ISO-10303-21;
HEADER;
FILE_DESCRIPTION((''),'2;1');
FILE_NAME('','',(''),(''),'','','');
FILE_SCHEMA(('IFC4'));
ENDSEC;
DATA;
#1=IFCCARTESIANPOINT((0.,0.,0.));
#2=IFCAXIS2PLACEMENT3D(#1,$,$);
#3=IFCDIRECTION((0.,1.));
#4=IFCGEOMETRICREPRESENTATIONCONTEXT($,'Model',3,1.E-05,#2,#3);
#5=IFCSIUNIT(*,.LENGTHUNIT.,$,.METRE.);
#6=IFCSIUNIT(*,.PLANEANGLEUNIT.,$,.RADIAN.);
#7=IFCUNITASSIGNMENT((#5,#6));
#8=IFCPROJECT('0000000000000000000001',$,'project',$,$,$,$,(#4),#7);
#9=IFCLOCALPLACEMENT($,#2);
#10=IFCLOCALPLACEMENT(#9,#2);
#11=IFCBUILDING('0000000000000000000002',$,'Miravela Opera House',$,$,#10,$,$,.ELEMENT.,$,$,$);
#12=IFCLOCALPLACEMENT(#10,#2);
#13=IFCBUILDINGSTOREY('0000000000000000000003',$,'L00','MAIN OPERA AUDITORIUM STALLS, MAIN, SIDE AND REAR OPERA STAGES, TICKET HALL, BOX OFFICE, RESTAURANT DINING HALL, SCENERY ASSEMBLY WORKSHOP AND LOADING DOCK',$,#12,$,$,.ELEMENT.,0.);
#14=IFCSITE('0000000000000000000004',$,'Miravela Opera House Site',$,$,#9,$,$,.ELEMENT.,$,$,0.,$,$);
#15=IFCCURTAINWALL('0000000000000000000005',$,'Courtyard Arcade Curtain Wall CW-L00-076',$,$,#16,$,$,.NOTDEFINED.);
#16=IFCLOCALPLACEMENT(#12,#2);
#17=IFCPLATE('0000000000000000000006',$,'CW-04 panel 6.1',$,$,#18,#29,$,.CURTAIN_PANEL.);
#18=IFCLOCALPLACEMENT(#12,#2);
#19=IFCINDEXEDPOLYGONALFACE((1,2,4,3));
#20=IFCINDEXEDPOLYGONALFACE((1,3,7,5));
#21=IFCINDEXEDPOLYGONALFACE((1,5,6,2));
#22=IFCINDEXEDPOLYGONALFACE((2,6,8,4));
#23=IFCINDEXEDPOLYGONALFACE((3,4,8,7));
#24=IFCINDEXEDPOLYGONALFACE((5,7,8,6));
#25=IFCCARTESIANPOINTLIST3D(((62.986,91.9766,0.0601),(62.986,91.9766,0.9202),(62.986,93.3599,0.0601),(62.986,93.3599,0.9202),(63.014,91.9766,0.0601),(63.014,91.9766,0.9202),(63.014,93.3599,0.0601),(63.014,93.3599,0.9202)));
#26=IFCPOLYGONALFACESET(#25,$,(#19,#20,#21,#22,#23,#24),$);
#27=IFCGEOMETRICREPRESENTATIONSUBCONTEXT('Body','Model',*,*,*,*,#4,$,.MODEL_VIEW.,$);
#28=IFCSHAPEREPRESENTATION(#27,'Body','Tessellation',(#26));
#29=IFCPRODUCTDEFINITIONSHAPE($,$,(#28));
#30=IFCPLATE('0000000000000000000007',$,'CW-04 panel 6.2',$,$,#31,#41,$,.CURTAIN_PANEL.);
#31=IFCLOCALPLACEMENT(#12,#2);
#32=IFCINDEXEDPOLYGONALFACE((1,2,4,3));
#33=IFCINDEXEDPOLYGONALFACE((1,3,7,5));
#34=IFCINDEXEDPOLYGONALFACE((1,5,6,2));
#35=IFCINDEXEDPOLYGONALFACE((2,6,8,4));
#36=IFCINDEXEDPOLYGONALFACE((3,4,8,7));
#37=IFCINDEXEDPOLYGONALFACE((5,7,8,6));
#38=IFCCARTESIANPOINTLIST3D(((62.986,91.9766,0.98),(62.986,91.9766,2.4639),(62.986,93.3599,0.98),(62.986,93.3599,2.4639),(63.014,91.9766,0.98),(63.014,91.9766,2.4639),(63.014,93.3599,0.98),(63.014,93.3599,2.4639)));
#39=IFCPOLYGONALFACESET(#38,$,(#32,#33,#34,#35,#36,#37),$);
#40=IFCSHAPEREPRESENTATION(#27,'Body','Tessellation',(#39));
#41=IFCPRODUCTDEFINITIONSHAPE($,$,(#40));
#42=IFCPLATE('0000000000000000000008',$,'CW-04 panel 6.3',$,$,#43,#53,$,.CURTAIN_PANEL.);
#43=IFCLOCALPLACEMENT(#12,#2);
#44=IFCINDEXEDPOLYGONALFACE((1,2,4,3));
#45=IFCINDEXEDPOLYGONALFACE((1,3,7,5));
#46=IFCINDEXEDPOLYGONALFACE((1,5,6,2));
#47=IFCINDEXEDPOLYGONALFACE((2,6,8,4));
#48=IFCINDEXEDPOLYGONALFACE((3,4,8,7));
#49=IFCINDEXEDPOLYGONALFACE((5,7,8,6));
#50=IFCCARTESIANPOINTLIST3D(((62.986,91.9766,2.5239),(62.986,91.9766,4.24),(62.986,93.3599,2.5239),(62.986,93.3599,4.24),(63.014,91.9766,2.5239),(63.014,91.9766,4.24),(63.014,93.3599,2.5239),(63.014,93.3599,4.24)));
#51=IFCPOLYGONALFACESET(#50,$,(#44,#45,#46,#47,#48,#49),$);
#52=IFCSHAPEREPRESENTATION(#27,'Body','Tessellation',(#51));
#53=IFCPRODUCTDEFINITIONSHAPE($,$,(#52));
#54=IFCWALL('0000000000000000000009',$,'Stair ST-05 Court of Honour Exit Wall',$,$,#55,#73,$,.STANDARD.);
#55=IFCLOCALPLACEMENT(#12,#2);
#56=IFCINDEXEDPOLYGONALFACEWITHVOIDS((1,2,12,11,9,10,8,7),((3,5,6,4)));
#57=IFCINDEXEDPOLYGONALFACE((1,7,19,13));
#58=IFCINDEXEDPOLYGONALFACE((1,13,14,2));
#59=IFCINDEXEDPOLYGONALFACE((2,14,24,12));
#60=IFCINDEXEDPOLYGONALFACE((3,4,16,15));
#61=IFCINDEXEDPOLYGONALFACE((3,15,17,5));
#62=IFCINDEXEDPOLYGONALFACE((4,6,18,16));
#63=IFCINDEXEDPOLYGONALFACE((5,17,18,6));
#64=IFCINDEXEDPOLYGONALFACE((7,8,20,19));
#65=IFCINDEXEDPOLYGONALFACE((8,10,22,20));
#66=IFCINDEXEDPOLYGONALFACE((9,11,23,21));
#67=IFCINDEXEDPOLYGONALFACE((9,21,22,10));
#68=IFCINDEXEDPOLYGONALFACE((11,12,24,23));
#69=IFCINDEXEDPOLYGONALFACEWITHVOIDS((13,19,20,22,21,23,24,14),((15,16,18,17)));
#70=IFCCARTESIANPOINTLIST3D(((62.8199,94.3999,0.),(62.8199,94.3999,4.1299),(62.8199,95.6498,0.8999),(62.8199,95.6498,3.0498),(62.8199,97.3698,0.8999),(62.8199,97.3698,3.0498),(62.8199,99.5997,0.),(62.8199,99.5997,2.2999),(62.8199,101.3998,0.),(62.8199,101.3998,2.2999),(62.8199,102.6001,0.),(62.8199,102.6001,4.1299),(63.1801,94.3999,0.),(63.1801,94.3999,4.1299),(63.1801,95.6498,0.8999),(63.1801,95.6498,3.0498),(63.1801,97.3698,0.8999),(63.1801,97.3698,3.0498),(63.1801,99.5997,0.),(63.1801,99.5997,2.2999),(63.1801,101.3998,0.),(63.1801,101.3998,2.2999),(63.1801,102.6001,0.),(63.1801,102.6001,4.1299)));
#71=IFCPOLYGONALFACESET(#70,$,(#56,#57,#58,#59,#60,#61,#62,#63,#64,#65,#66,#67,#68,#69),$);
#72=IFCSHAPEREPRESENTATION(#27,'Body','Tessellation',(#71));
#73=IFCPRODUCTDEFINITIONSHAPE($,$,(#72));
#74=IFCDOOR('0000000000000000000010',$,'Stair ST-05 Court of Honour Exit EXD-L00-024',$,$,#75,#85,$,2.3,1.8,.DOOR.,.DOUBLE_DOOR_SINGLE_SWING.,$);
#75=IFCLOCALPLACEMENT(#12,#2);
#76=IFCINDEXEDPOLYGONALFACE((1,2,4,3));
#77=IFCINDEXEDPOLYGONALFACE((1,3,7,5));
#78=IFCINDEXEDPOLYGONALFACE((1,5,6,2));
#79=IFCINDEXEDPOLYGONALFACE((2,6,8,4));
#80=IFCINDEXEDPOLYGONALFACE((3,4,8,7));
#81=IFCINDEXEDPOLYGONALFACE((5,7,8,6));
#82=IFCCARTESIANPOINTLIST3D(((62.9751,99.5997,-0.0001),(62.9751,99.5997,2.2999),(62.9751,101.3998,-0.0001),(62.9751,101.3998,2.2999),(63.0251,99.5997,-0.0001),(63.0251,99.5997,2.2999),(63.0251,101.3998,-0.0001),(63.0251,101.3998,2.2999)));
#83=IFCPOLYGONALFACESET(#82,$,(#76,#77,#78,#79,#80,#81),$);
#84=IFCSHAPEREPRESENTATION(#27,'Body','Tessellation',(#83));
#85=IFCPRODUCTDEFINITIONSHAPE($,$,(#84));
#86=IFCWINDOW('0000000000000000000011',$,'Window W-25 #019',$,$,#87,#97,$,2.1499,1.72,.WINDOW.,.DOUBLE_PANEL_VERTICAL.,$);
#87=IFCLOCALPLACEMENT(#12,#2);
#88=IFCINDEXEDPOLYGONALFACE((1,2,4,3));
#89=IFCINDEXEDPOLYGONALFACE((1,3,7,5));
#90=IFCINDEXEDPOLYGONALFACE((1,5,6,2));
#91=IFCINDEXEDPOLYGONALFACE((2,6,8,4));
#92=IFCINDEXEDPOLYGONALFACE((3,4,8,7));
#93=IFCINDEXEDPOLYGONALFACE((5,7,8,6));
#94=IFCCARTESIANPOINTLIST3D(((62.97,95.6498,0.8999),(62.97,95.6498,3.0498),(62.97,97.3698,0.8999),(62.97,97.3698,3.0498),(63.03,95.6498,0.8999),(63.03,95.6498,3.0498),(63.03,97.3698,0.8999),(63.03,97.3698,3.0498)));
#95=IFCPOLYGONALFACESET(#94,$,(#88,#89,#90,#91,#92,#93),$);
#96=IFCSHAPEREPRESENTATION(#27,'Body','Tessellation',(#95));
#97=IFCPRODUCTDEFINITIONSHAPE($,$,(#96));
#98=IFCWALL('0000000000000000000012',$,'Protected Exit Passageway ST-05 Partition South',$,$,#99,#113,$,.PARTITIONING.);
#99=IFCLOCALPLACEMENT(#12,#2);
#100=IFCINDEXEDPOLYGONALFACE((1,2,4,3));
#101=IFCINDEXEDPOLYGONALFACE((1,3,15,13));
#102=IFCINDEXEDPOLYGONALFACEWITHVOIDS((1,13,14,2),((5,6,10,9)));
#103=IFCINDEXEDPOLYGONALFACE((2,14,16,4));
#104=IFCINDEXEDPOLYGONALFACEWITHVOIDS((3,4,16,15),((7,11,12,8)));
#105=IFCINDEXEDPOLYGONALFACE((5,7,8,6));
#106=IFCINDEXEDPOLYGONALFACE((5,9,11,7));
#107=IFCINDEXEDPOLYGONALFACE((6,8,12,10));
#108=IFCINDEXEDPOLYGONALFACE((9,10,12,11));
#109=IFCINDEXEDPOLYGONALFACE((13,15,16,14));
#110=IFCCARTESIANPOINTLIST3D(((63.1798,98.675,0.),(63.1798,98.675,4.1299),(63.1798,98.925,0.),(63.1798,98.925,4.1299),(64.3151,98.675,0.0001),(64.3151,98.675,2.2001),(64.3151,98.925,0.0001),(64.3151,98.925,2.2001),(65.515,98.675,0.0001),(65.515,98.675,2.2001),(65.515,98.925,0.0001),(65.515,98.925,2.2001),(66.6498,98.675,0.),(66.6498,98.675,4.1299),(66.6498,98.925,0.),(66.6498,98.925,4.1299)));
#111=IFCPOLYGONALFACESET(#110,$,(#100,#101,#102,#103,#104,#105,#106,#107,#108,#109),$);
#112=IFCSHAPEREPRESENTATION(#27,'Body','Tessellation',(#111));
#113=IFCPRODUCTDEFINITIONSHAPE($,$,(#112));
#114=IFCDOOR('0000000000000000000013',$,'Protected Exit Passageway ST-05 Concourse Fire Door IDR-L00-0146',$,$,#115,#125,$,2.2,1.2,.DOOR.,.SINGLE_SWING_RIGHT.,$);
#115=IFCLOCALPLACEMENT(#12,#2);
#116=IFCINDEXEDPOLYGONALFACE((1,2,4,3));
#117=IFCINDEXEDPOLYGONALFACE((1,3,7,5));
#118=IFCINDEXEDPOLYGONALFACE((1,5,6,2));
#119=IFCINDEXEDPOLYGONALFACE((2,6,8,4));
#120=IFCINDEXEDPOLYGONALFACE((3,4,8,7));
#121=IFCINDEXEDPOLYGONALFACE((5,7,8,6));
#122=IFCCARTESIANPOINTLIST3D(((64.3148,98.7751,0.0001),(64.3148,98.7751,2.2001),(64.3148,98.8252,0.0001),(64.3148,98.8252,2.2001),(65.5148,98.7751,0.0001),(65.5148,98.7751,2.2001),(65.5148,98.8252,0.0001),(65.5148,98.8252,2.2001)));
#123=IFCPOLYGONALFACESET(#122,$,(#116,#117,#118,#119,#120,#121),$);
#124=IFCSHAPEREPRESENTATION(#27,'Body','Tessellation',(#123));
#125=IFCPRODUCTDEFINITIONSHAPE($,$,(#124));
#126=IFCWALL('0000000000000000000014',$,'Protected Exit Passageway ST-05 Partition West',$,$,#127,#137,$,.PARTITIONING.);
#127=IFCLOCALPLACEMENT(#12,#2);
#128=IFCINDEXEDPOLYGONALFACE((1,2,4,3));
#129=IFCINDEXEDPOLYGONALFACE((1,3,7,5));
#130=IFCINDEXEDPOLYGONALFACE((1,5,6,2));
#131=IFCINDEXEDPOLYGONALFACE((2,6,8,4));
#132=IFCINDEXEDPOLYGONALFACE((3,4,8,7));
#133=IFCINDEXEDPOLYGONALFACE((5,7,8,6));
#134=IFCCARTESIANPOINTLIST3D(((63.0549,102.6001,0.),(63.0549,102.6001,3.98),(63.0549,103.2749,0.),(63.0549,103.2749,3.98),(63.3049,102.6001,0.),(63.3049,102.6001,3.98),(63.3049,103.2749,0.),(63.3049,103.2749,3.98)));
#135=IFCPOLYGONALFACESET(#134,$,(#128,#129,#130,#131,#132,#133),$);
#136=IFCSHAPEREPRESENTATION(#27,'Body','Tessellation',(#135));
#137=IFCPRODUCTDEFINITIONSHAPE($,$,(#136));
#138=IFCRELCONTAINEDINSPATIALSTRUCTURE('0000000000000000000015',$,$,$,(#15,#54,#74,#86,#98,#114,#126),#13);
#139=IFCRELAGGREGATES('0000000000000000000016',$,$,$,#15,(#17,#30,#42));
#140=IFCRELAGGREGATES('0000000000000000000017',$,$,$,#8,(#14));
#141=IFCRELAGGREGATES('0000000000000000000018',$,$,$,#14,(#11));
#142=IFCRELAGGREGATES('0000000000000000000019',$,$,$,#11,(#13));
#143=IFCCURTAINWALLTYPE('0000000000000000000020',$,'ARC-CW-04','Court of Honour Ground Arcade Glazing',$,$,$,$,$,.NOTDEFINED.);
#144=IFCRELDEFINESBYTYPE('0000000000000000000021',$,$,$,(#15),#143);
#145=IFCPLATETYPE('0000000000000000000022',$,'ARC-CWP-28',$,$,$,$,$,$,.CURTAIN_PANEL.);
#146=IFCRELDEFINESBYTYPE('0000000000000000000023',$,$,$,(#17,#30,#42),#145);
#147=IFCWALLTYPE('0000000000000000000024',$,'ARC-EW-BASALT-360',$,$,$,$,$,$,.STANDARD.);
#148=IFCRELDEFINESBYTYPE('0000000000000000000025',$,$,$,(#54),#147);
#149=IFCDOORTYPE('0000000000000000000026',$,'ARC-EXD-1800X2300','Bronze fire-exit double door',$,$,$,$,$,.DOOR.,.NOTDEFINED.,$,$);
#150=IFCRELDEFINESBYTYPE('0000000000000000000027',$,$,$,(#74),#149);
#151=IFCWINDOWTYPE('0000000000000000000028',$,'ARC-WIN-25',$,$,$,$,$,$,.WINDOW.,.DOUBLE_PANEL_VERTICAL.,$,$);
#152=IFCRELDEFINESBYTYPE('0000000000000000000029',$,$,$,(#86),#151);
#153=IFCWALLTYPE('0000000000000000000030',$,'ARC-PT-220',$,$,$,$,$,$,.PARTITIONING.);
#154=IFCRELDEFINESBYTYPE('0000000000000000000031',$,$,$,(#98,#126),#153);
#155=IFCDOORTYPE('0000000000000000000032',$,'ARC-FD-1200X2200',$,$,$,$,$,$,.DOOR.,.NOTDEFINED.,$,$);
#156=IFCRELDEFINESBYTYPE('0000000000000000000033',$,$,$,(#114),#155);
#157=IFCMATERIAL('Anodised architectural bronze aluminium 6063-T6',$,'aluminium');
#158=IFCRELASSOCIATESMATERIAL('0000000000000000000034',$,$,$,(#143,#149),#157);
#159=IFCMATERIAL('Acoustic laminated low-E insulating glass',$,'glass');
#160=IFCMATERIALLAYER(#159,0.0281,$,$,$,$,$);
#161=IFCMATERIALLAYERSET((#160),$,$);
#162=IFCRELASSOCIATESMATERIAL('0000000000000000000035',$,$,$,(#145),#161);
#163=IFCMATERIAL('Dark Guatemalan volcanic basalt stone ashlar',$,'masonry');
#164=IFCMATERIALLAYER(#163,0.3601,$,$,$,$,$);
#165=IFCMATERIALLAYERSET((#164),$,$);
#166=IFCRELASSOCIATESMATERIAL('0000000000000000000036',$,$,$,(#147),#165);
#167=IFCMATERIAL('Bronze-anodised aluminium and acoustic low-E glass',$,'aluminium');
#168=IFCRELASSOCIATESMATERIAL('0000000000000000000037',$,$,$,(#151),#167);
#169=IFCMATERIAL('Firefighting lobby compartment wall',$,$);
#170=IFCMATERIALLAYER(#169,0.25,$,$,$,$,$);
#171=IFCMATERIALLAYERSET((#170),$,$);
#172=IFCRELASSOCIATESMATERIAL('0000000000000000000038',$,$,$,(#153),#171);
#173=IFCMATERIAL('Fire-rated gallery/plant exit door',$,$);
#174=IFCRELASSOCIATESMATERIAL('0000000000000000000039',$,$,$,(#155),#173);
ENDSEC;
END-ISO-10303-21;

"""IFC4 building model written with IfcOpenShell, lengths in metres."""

from ifc_helpers import new_model, si_unit, direction, frame, frame_2d, origin, origin_2d, place, context, subcontext, project, spatial, rectangle, extrude, material, layer, layer_set, type_object, element, fill, aggregate, save


model = new_model("IFC4")

# Units and contexts
model_context = context("Model", 3, precision=1e-05, world=origin(), true_north=direction((0.0, 1.0)))
body_context = subcontext(model_context, "Body", "Model", "MODEL_VIEW")
ifc_project = project(units=[si_unit("LENGTHUNIT", "METRE"), si_unit("PLANEANGLEUNIT", "RADIAN")], contexts=[model_context])

# Site, building, storey
site_placement = place(None, origin())
site = spatial("IfcSite", under=ifc_project, at=site_placement, Name="Miravela Opera House Site", CompositionType="ELEMENT", RefElevation=0.0)
building_placement = place(site_placement, origin())
building = spatial("IfcBuilding", under=site, at=building_placement, Name="Miravela Opera House", CompositionType="ELEMENT")
storey_placement = place(building_placement, origin())
storey = spatial("IfcBuildingStorey", under=building, at=storey_placement, Name="L00", Description="MAIN OPERA AUDITORIUM STALLS, MAIN, SIDE AND REAR OPERA STAGES, TICKET HALL, BOX OFFICE, RESTAURANT DINING HALL, SCENERY ASSEMBLY WORKSHOP AND LOADING DOCK", CompositionType="ELEMENT", Elevation=0.0)

# Curtain wall
ifc_material_1 = material(Name="Anodised architectural bronze aluminium 6063-T6", Category="aluminium")
curtain_wall_type = type_object("IfcCurtainWallType", Name="ARC-CW-04", Description="Court of Honour Ground Arcade Glazing", PredefinedType="NOTDEFINED", material=ifc_material_1)
curtain_wall_1_placement = place(storey_placement, origin())
curtain_wall_1 = element("IfcCurtainWall", 1, at=curtain_wall_1_placement, inside=storey, type_object=curtain_wall_type, Name="Courtyard Arcade Curtain Wall CW-L00-076", PredefinedType="NOTDEFINED")

# Plates
ifc_material_2 = material(Name="Acoustic laminated low-E insulating glass", Category="glass")
ifc_layer_1 = layer(ifc_material_2, 0.0281)
ifc_layer_set_1 = layer_set([ifc_layer_1])
plate_type = type_object("IfcPlateType", Name="ARC-CWP-28", PredefinedType="CURTAIN_PANEL", material=ifc_layer_set_1)
plate_1_placement = place(storey_placement, frame((63.0, 92.6682, 0.0601), z_axis=(0.0, 0.0, 1.0), x_axis=(0.0, 1.0, 0.0)))
plate_1 = element("IfcPlate", 2, at=plate_1_placement, type_object=plate_type, Name="CW-04 panel 6.1", PredefinedType="CURTAIN_PANEL", context=body_context, shape_type="SweptSolid", body=[
    extrude(rectangle(XDim=1.3833, YDim=0.0281, at=origin_2d()), origin(), (0.0, 0.0, 1.0), 0.8601),
])
plate_2_placement = place(storey_placement, frame((63.0, 92.6682, 0.98), z_axis=(0.0, 0.0, 1.0), x_axis=(0.0, 1.0, 0.0)))
plate_2 = element("IfcPlate", 3, at=plate_2_placement, type_object=plate_type, Name="CW-04 panel 6.2", PredefinedType="CURTAIN_PANEL", context=body_context, shape_type="SweptSolid", body=[
    extrude(rectangle(XDim=1.3833, YDim=0.0281, at=origin_2d()), origin(), (0.0, 0.0, 1.0), 1.4839),
])
plate_3_placement = place(storey_placement, frame((63.0, 92.6682, 2.5239), z_axis=(0.0, 0.0, 1.0), x_axis=(0.0, 1.0, 0.0)))
plate_3 = element("IfcPlate", 4, at=plate_3_placement, type_object=plate_type, Name="CW-04 panel 6.3", PredefinedType="CURTAIN_PANEL", context=body_context, shape_type="SweptSolid", body=[
    extrude(rectangle(XDim=1.3833, YDim=0.0281, at=origin_2d()), origin(), (0.0, 0.0, 1.0), 1.7161),
])
aggregate(curtain_wall_1, [plate_1, plate_2, plate_3])

# Wall, openings, door, window
ifc_material_3 = material(Name="Dark Guatemalan volcanic basalt stone ashlar", Category="masonry")
ifc_layer_2 = layer(ifc_material_3, 0.3601)
ifc_layer_set_2 = layer_set([ifc_layer_2])
wall_type_1 = type_object("IfcWallType", Name="ARC-EW-BASALT-360", PredefinedType="STANDARD", material=ifc_layer_set_2)
wall_1_placement = place(storey_placement, frame((63.0, 94.3999, 0.0), z_axis=(0.0, 0.0, 1.0), x_axis=(0.0, 1.0, 0.0)))
wall_1 = element("IfcWall", 5, at=wall_1_placement, inside=storey, type_object=wall_type_1, Name="Stair ST-05 Court of Honour Exit Wall", PredefinedType="STANDARD", context=body_context, shape_type="SweptSolid", body=[
    extrude(rectangle(XDim=8.2002, YDim=0.3601, at=frame_2d((4.1001, 0.0))), origin(), (0.0, 0.0, 1.0), 4.1299),
])
opening_1_placement = place(wall_1_placement, frame((5.2, 0.0, 0.0)))
opening_1 = element("IfcOpeningElement", 6, at=opening_1_placement, cuts=wall_1, PredefinedType="OPENING", context=body_context, shape_type="SweptSolid", body=[
    extrude(rectangle(XDim=1.8, YDim=2.3, at=frame_2d((0.8999, 1.1499))), frame((0.0, 0.1899, 0.0), z_axis=(0.0, -1.0, 0.0), x_axis=(1.0, 0.0, 0.0)), (0.0, 0.0, 1.0), 0.3801),
])
opening_2_placement = place(wall_1_placement, frame((1.25, 0.0, 0.8999)))
opening_2 = element("IfcOpeningElement", 7, at=opening_2_placement, cuts=wall_1, PredefinedType="OPENING", context=body_context, shape_type="SweptSolid", body=[
    extrude(rectangle(XDim=1.72, YDim=2.1499, at=frame_2d((0.8599, 1.075))), frame((0.0, 0.1899, 0.0), z_axis=(0.0, -1.0, 0.0), x_axis=(1.0, 0.0, 0.0)), (0.0, 0.0, 1.0), 0.3801),
])
door_type_1 = type_object("IfcDoorType", Name="ARC-EXD-1800X2300", Description="Bronze fire-exit double door", OperationType="NOTDEFINED", PredefinedType="DOOR", material=ifc_material_1)
door_1_placement = place(opening_1_placement, origin())
door_1 = element("IfcDoor", 8, at=door_1_placement, inside=storey, type_object=door_type_1, Name="Stair ST-05 Court of Honour Exit EXD-L00-024", OperationType="DOUBLE_DOOR_SINGLE_SWING", OverallHeight=2.3, OverallWidth=1.8, PredefinedType="DOOR", context=body_context, shape_type="SweptSolid", body=[
    extrude(rectangle(XDim=1.8, YDim=2.3, at=frame_2d((0.8999, 1.1499))), frame((0.0, 0.0249, 0.0), z_axis=(0.0, -1.0, 0.0), x_axis=(1.0, 0.0, 0.0)), (0.0, 0.0, 1.0), 0.05),
])
fill(opening_1, door_1)
ifc_material_4 = material(Name="Bronze-anodised aluminium and acoustic low-E glass", Category="aluminium")
window_type = type_object("IfcWindowType", Name="ARC-WIN-25", PartitioningType="DOUBLE_PANEL_VERTICAL", PredefinedType="WINDOW", material=ifc_material_4)
window_placement = place(opening_2_placement, origin())
window = element("IfcWindow", 9, at=window_placement, inside=storey, type_object=window_type, Name="Window W-25 #019", OverallHeight=2.1499, OverallWidth=1.72, PartitioningType="DOUBLE_PANEL_VERTICAL", PredefinedType="WINDOW", context=body_context, shape_type="SweptSolid", body=[
    extrude(rectangle(XDim=1.72, YDim=2.1499, at=frame_2d((0.8599, 1.075))), frame((0.0, 0.03, 0.0), z_axis=(0.0, -1.0, 0.0), x_axis=(1.0, 0.0, 0.0)), (0.0, 0.0, 1.0), 0.0601),
])
fill(opening_2, window)

# Wall, opening, door
ifc_material_5 = material(Name="Firefighting lobby compartment wall")
ifc_layer_3 = layer(ifc_material_5, 0.25)
ifc_layer_set_3 = layer_set([ifc_layer_3])
wall_type_2 = type_object("IfcWallType", Name="ARC-PT-220", PredefinedType="PARTITIONING", material=ifc_layer_set_3)
wall_2_placement = place(storey_placement, frame((63.1799, 98.8, 0.0), z_axis=(0.0, 0.0, 1.0), x_axis=(1.0, 0.0, 0.0)))
wall_2 = element("IfcWall", 10, at=wall_2_placement, inside=storey, type_object=wall_type_2, Name="Protected Exit Passageway ST-05 Partition South", PredefinedType="PARTITIONING", context=body_context, shape_type="SweptSolid", body=[
    extrude(rectangle(XDim=3.47, YDim=0.25, at=frame_2d((1.7349, 0.0))), origin(), (0.0, 0.0, 1.0), 4.1299),
])
opening_3_placement = place(wall_2_placement, frame((1.135, 0.0, 0.0)))
opening_3 = element("IfcOpeningElement", 11, at=opening_3_placement, cuts=wall_2, PredefinedType="OPENING", context=body_context, shape_type="SweptSolid", body=[
    extrude(rectangle(XDim=1.2, YDim=2.2, at=frame_2d((0.6001, 1.1001))), frame((0.0, 0.135, 0.0), z_axis=(0.0, -1.0, 0.0), x_axis=(1.0, 0.0, 0.0)), (0.0, 0.0, 1.0), 0.27),
])
ifc_material_6 = material(Name="Fire-rated gallery/plant exit door")
door_type_2 = type_object("IfcDoorType", Name="ARC-FD-1200X2200", OperationType="NOTDEFINED", PredefinedType="DOOR", material=ifc_material_6)
door_2_placement = place(opening_3_placement, frame((1.2, 0.0, 0.0), z_axis=(0.0, 0.0, 1.0), x_axis=(-1.0, 0.0, 0.0)))
door_2 = element("IfcDoor", 12, at=door_2_placement, inside=storey, type_object=door_type_2, Name="Protected Exit Passageway ST-05 Concourse Fire Door IDR-L00-0146", OperationType="SINGLE_SWING_RIGHT", OverallHeight=2.2, OverallWidth=1.2, PredefinedType="DOOR", context=body_context, shape_type="SweptSolid", body=[
    extrude(rectangle(XDim=1.2, YDim=2.2, at=frame_2d((0.6001, 1.1001))), frame((0.0, 0.0249, 0.0), z_axis=(0.0, -1.0, 0.0), x_axis=(1.0, 0.0, 0.0)), (0.0, 0.0, 1.0), 0.05),
])
fill(opening_3, door_2)

# Wall
wall_3_placement = place(storey_placement, frame((63.1799, 102.6001, 0.0), z_axis=(0.0, 0.0, 1.0), x_axis=(0.0, 1.0, 0.0)))
element("IfcWall", 13, at=wall_3_placement, inside=storey, type_object=wall_type_2, Name="Protected Exit Passageway ST-05 Partition West", PredefinedType="PARTITIONING", context=body_context, shape_type="SweptSolid", body=[
    extrude(rectangle(XDim=0.6748, YDim=0.25, at=frame_2d((0.3374, 0.0))), origin(), (0.0, 0.0, 1.0), 3.98),
])

save(model, "model.ifc")
